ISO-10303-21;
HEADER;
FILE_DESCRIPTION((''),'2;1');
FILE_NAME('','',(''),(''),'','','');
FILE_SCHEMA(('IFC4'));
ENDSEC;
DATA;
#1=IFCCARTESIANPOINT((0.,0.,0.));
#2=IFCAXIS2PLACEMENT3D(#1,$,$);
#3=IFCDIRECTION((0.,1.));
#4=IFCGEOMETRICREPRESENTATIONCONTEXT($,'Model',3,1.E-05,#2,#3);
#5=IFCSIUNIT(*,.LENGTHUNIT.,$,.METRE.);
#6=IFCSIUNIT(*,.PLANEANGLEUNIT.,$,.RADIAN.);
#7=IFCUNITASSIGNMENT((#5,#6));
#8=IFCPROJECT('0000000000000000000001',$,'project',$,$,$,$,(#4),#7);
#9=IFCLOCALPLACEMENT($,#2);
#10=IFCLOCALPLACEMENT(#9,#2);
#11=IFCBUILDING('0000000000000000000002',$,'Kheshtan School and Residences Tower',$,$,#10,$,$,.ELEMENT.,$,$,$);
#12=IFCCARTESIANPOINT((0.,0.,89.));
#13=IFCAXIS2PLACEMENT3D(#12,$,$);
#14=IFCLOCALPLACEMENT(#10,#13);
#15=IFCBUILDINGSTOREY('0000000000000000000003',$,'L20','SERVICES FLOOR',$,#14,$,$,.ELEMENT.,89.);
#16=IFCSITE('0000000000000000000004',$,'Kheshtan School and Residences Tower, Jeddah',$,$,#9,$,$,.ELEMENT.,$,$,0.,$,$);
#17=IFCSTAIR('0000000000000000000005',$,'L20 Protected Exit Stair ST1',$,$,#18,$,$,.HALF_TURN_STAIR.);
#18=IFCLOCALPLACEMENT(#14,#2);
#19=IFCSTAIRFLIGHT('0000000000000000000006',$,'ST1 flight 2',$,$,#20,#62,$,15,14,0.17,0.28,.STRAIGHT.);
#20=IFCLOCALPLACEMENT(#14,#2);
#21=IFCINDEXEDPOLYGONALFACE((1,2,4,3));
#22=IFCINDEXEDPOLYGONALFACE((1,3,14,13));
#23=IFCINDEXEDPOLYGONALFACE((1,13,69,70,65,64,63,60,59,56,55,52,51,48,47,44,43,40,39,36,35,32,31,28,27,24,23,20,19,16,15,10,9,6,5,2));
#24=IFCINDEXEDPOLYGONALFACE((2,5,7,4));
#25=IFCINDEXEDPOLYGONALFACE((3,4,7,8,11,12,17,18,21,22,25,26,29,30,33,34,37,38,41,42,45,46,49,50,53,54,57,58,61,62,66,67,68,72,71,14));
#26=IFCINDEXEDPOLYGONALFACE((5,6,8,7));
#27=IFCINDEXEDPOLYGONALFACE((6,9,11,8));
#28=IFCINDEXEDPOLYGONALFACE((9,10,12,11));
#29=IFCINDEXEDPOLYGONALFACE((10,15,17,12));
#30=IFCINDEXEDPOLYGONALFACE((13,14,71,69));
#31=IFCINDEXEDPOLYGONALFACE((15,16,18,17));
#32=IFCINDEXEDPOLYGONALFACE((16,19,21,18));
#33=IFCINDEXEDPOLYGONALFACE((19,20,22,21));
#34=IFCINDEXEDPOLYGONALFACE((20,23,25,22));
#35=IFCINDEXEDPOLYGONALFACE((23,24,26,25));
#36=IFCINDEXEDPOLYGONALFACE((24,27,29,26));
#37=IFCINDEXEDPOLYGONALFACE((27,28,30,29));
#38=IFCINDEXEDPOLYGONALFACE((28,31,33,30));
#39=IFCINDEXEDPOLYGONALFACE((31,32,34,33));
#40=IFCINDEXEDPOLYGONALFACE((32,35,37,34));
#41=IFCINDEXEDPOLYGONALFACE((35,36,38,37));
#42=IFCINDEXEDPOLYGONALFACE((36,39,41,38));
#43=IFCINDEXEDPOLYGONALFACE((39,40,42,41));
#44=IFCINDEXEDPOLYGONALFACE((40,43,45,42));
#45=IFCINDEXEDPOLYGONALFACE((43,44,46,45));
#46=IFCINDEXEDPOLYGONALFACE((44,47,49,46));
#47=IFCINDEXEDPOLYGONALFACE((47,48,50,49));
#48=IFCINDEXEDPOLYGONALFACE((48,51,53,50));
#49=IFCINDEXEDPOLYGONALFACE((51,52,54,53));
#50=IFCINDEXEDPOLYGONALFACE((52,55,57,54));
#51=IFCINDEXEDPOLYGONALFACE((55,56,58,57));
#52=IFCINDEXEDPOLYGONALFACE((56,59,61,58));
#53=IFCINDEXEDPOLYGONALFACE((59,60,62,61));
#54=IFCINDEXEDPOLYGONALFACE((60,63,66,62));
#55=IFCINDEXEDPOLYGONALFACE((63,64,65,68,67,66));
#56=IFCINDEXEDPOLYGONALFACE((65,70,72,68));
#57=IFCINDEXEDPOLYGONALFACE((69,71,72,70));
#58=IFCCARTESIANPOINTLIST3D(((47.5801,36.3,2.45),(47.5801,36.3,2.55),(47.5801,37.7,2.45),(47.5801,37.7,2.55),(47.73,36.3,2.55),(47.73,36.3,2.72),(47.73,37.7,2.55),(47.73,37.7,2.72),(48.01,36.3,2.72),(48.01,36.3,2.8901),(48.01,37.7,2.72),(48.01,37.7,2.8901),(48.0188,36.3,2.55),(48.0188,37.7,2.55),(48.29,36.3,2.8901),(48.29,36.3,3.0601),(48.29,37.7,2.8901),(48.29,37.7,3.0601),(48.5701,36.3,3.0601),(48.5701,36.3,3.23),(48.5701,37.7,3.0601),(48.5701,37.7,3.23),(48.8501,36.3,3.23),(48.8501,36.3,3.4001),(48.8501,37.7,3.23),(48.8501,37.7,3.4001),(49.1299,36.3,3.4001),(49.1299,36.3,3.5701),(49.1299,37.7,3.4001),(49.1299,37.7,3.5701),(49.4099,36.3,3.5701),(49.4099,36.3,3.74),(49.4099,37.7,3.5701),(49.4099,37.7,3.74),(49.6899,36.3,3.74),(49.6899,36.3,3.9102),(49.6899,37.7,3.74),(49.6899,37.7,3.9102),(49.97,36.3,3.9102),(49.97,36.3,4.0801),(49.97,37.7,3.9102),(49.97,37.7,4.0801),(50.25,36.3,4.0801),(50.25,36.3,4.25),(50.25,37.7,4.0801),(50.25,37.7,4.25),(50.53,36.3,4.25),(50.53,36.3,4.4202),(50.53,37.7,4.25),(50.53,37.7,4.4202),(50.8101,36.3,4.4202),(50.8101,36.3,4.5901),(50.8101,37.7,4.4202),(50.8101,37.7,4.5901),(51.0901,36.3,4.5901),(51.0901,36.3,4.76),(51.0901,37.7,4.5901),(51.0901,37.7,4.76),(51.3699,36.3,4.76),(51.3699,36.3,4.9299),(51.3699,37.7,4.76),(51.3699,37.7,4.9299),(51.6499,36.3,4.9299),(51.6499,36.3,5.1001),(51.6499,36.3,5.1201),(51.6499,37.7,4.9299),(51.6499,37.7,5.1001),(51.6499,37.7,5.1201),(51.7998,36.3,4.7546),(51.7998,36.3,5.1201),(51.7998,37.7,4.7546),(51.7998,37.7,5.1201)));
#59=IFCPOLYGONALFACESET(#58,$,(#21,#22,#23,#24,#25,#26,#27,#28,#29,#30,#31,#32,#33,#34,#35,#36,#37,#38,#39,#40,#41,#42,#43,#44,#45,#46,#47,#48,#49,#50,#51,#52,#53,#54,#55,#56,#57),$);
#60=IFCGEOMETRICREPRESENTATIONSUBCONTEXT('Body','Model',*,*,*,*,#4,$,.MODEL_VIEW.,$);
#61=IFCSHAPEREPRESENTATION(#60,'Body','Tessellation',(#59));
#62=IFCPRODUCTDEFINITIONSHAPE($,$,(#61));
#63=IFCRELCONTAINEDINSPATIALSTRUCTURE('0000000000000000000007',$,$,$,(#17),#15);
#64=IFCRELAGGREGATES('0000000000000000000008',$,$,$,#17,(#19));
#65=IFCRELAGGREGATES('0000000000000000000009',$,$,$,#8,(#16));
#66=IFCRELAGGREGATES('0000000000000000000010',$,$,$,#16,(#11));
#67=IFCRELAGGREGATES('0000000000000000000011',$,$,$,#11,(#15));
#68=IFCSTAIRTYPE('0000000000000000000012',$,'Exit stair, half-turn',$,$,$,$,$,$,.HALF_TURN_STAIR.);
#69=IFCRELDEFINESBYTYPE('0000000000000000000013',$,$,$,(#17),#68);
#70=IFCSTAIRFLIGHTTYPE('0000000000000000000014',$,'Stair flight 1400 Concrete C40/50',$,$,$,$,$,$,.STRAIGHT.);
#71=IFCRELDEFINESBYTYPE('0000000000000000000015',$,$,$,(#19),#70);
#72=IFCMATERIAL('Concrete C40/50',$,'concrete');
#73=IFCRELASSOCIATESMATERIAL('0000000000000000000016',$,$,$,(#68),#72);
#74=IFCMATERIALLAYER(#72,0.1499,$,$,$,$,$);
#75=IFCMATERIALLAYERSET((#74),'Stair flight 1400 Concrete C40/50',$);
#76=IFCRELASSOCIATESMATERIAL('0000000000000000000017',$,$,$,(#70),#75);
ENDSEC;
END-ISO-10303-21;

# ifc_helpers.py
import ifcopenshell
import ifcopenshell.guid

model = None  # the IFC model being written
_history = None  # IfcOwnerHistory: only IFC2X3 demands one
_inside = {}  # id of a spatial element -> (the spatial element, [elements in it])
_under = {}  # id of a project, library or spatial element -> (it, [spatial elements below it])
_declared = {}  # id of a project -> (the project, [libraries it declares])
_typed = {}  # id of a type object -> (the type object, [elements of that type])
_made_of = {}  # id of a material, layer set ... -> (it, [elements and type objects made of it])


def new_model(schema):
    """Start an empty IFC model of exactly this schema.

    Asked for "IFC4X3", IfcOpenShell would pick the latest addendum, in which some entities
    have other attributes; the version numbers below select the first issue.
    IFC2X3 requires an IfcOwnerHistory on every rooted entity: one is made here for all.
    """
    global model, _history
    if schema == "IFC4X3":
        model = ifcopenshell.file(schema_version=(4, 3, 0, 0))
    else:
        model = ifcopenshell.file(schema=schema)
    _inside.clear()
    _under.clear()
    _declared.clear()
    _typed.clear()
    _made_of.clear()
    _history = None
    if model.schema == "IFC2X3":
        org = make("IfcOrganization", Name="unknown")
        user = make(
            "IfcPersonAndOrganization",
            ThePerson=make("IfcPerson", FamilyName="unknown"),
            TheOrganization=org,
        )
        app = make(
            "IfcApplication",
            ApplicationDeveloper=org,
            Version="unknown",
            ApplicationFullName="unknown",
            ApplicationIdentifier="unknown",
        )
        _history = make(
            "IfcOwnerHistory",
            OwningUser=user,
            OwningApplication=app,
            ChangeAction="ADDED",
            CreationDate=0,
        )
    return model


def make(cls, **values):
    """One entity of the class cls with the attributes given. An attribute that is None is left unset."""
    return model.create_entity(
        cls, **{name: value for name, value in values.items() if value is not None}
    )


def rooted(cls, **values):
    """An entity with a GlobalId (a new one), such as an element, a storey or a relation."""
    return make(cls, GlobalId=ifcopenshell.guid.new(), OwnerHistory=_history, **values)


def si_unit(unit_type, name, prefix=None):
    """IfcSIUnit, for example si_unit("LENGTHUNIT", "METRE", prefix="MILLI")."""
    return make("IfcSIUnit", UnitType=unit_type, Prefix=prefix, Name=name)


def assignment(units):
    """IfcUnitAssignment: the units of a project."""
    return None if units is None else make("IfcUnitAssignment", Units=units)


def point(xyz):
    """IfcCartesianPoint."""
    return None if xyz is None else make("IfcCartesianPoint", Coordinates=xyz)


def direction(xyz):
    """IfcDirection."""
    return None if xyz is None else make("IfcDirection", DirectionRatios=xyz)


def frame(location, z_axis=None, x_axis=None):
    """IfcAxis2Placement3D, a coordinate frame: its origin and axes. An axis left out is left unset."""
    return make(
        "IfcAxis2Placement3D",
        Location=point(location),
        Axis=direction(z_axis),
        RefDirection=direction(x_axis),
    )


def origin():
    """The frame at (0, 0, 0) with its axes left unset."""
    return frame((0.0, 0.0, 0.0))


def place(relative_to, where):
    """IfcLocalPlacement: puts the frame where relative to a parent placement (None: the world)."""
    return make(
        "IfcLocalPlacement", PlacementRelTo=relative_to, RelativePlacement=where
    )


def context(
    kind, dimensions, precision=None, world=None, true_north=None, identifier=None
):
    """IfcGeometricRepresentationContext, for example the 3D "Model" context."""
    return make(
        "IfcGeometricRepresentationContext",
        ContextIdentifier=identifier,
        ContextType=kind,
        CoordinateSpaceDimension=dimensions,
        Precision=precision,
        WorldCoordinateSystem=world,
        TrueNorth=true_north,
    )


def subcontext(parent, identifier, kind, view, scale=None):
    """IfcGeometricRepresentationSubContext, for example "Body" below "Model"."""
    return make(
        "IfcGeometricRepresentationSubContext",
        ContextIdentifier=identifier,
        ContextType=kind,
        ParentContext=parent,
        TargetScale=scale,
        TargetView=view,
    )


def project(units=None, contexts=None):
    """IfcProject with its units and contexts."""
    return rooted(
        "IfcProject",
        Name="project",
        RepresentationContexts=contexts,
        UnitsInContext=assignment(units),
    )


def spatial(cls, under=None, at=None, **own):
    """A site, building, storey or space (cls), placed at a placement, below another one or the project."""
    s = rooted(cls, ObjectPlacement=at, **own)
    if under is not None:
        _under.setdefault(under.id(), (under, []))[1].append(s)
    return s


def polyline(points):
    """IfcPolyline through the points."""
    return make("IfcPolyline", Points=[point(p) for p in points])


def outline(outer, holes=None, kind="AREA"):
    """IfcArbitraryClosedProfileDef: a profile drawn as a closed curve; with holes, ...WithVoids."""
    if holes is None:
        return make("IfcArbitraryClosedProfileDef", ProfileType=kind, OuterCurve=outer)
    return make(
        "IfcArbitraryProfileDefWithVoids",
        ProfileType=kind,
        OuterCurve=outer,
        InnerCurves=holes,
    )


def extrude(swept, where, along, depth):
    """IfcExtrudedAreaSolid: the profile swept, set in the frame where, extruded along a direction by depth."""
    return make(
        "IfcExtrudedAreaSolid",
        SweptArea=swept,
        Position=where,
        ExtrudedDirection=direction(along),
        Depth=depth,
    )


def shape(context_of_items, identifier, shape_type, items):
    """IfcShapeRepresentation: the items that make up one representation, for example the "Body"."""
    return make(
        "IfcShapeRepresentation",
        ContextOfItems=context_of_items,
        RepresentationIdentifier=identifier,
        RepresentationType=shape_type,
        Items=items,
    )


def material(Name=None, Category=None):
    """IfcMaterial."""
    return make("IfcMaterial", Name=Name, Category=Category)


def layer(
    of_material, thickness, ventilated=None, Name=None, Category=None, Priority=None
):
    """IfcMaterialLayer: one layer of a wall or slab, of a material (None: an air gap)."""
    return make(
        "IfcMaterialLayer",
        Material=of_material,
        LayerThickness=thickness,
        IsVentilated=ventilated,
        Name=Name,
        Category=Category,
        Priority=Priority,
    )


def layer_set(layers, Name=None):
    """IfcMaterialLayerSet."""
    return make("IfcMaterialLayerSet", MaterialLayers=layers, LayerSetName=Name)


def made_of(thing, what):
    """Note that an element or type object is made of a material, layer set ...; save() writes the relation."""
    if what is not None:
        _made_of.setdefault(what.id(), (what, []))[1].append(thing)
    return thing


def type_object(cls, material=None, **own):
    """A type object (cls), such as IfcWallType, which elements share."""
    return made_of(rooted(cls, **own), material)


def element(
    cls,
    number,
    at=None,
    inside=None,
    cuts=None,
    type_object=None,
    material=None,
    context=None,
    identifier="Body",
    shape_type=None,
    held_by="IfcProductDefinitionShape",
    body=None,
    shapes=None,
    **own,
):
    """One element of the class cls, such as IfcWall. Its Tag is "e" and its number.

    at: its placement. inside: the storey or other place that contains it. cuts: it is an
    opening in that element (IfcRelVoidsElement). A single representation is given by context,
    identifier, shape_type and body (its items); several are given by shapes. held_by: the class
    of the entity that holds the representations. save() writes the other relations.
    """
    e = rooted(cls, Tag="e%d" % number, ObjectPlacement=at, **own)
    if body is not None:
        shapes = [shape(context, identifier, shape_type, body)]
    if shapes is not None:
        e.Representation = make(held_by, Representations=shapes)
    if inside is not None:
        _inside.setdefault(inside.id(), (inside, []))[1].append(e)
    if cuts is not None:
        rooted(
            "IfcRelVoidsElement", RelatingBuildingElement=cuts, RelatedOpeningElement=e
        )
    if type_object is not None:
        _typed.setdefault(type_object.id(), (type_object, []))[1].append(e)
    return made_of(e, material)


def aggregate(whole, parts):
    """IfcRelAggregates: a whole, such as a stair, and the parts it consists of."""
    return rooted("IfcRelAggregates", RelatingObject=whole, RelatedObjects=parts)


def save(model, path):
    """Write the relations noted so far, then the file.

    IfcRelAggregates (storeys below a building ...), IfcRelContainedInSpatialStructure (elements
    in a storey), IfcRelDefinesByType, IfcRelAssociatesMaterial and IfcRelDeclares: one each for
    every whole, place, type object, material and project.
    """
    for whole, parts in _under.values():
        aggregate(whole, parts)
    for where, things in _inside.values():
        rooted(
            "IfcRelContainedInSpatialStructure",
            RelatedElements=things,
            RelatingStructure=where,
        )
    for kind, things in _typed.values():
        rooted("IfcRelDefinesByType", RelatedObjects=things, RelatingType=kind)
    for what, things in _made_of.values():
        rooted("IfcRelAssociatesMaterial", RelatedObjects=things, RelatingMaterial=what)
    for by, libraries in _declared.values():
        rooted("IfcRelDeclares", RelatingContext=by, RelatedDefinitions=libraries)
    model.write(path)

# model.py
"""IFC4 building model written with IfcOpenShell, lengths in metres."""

from ifc_helpers import new_model, si_unit, direction, frame, origin, place, context, subcontext, project, spatial, polyline, outline, extrude, material, layer, layer_set, type_object, element, aggregate, save


model = new_model("IFC4")

# Units and contexts
model_context = context("Model", 3, precision=1e-05, world=origin(), true_north=direction((0.0, 1.0)))
body_context = subcontext(model_context, "Body", "Model", "MODEL_VIEW")
ifc_project = project(units=[si_unit("LENGTHUNIT", "METRE"), si_unit("PLANEANGLEUNIT", "RADIAN")], contexts=[model_context])

# Site, building, storey
site_placement = place(None, origin())
site = spatial("IfcSite", under=ifc_project, at=site_placement, Name="Kheshtan School and Residences Tower, Jeddah", CompositionType="ELEMENT", RefElevation=0.0)
building_placement = place(site_placement, origin())
building = spatial("IfcBuilding", under=site, at=building_placement, Name="Kheshtan School and Residences Tower", CompositionType="ELEMENT")
storey_placement = place(building_placement, frame((0.0, 0.0, 89.0)))
storey = spatial("IfcBuildingStorey", under=building, at=storey_placement, Name="L20", Description="SERVICES FLOOR", CompositionType="ELEMENT", Elevation=89.0)

# Shared definitions
ifc_material_1 = material(Name="Concrete C40/50", Category="concrete")

# Stair, stair flight
stair_type = type_object("IfcStairType", Name="Exit stair, half-turn", PredefinedType="HALF_TURN_STAIR", material=ifc_material_1)
stair_placement = place(storey_placement, origin())
stair = element("IfcStair", 1, at=stair_placement, inside=storey, type_object=stair_type, Name="L20 Protected Exit Stair ST1", PredefinedType="HALF_TURN_STAIR")
ifc_layer_1 = layer(ifc_material_1, 0.1499)
ifc_layer_set_1 = layer_set([ifc_layer_1], Name="Stair flight 1400 Concrete C40/50")
stair_flight_type = type_object("IfcStairFlightType", Name="Stair flight 1400 Concrete C40/50", PredefinedType="STRAIGHT", material=ifc_layer_set_1)
stair_flight_placement = place(storey_placement, frame((47.73, 37.0, 2.55), z_axis=(0.0, 0.0, 1.0), x_axis=(1.0, 0.0, 0.0)))
stair_flight = element("IfcStairFlight", 2, at=stair_flight_placement, type_object=stair_flight_type, Name="ST1 flight 2", NumberOfRisers=15, NumberOfTreads=14, PredefinedType="STRAIGHT", RiserHeight=0.17, TreadLength=0.28, context=body_context, shape_type="SweptSolid", body=[
    extrude(outline(polyline([(-0.1499, -0.1001), (-0.1499, 0.0), (0.0, 0.0), (0.0, 0.1699), (0.28, 0.1699), (0.28, 0.3401), (0.5601, 0.3401), (0.5601, 0.51), (0.8401, 0.51), (0.8401, 0.6799), (1.1201, 0.6799), (1.1201, 0.8501), (1.3999, 0.8501), (1.3999, 1.02), (1.6799, 1.02), (1.6799, 1.1899), (1.96, 1.1899), (1.96, 1.3601), (2.24, 1.3601), (2.24, 1.53), (2.52, 1.53), (2.52, 1.7), (2.8, 1.7), (2.8, 1.8701), (3.0801, 1.8701), (3.0801, 2.04), (3.3601, 2.04), (3.3601, 2.21), (3.6399, 2.21), (3.6399, 2.3799), (3.9199, 2.3799), (3.9199, 2.55), (3.9199, 2.5701), (4.0698, 2.5701), (4.0698, 2.2046), (0.2888, 0.0), (-0.1499, -0.1001)])), frame((0.0, 0.7, 0.0), z_axis=(0.0, -1.0, 0.0), x_axis=(1.0, 0.0, 0.0)), (0.0, 0.0, 1.0), 1.3999),
])
aggregate(stair, [stair_flight])

save(model, "model.ifc")
